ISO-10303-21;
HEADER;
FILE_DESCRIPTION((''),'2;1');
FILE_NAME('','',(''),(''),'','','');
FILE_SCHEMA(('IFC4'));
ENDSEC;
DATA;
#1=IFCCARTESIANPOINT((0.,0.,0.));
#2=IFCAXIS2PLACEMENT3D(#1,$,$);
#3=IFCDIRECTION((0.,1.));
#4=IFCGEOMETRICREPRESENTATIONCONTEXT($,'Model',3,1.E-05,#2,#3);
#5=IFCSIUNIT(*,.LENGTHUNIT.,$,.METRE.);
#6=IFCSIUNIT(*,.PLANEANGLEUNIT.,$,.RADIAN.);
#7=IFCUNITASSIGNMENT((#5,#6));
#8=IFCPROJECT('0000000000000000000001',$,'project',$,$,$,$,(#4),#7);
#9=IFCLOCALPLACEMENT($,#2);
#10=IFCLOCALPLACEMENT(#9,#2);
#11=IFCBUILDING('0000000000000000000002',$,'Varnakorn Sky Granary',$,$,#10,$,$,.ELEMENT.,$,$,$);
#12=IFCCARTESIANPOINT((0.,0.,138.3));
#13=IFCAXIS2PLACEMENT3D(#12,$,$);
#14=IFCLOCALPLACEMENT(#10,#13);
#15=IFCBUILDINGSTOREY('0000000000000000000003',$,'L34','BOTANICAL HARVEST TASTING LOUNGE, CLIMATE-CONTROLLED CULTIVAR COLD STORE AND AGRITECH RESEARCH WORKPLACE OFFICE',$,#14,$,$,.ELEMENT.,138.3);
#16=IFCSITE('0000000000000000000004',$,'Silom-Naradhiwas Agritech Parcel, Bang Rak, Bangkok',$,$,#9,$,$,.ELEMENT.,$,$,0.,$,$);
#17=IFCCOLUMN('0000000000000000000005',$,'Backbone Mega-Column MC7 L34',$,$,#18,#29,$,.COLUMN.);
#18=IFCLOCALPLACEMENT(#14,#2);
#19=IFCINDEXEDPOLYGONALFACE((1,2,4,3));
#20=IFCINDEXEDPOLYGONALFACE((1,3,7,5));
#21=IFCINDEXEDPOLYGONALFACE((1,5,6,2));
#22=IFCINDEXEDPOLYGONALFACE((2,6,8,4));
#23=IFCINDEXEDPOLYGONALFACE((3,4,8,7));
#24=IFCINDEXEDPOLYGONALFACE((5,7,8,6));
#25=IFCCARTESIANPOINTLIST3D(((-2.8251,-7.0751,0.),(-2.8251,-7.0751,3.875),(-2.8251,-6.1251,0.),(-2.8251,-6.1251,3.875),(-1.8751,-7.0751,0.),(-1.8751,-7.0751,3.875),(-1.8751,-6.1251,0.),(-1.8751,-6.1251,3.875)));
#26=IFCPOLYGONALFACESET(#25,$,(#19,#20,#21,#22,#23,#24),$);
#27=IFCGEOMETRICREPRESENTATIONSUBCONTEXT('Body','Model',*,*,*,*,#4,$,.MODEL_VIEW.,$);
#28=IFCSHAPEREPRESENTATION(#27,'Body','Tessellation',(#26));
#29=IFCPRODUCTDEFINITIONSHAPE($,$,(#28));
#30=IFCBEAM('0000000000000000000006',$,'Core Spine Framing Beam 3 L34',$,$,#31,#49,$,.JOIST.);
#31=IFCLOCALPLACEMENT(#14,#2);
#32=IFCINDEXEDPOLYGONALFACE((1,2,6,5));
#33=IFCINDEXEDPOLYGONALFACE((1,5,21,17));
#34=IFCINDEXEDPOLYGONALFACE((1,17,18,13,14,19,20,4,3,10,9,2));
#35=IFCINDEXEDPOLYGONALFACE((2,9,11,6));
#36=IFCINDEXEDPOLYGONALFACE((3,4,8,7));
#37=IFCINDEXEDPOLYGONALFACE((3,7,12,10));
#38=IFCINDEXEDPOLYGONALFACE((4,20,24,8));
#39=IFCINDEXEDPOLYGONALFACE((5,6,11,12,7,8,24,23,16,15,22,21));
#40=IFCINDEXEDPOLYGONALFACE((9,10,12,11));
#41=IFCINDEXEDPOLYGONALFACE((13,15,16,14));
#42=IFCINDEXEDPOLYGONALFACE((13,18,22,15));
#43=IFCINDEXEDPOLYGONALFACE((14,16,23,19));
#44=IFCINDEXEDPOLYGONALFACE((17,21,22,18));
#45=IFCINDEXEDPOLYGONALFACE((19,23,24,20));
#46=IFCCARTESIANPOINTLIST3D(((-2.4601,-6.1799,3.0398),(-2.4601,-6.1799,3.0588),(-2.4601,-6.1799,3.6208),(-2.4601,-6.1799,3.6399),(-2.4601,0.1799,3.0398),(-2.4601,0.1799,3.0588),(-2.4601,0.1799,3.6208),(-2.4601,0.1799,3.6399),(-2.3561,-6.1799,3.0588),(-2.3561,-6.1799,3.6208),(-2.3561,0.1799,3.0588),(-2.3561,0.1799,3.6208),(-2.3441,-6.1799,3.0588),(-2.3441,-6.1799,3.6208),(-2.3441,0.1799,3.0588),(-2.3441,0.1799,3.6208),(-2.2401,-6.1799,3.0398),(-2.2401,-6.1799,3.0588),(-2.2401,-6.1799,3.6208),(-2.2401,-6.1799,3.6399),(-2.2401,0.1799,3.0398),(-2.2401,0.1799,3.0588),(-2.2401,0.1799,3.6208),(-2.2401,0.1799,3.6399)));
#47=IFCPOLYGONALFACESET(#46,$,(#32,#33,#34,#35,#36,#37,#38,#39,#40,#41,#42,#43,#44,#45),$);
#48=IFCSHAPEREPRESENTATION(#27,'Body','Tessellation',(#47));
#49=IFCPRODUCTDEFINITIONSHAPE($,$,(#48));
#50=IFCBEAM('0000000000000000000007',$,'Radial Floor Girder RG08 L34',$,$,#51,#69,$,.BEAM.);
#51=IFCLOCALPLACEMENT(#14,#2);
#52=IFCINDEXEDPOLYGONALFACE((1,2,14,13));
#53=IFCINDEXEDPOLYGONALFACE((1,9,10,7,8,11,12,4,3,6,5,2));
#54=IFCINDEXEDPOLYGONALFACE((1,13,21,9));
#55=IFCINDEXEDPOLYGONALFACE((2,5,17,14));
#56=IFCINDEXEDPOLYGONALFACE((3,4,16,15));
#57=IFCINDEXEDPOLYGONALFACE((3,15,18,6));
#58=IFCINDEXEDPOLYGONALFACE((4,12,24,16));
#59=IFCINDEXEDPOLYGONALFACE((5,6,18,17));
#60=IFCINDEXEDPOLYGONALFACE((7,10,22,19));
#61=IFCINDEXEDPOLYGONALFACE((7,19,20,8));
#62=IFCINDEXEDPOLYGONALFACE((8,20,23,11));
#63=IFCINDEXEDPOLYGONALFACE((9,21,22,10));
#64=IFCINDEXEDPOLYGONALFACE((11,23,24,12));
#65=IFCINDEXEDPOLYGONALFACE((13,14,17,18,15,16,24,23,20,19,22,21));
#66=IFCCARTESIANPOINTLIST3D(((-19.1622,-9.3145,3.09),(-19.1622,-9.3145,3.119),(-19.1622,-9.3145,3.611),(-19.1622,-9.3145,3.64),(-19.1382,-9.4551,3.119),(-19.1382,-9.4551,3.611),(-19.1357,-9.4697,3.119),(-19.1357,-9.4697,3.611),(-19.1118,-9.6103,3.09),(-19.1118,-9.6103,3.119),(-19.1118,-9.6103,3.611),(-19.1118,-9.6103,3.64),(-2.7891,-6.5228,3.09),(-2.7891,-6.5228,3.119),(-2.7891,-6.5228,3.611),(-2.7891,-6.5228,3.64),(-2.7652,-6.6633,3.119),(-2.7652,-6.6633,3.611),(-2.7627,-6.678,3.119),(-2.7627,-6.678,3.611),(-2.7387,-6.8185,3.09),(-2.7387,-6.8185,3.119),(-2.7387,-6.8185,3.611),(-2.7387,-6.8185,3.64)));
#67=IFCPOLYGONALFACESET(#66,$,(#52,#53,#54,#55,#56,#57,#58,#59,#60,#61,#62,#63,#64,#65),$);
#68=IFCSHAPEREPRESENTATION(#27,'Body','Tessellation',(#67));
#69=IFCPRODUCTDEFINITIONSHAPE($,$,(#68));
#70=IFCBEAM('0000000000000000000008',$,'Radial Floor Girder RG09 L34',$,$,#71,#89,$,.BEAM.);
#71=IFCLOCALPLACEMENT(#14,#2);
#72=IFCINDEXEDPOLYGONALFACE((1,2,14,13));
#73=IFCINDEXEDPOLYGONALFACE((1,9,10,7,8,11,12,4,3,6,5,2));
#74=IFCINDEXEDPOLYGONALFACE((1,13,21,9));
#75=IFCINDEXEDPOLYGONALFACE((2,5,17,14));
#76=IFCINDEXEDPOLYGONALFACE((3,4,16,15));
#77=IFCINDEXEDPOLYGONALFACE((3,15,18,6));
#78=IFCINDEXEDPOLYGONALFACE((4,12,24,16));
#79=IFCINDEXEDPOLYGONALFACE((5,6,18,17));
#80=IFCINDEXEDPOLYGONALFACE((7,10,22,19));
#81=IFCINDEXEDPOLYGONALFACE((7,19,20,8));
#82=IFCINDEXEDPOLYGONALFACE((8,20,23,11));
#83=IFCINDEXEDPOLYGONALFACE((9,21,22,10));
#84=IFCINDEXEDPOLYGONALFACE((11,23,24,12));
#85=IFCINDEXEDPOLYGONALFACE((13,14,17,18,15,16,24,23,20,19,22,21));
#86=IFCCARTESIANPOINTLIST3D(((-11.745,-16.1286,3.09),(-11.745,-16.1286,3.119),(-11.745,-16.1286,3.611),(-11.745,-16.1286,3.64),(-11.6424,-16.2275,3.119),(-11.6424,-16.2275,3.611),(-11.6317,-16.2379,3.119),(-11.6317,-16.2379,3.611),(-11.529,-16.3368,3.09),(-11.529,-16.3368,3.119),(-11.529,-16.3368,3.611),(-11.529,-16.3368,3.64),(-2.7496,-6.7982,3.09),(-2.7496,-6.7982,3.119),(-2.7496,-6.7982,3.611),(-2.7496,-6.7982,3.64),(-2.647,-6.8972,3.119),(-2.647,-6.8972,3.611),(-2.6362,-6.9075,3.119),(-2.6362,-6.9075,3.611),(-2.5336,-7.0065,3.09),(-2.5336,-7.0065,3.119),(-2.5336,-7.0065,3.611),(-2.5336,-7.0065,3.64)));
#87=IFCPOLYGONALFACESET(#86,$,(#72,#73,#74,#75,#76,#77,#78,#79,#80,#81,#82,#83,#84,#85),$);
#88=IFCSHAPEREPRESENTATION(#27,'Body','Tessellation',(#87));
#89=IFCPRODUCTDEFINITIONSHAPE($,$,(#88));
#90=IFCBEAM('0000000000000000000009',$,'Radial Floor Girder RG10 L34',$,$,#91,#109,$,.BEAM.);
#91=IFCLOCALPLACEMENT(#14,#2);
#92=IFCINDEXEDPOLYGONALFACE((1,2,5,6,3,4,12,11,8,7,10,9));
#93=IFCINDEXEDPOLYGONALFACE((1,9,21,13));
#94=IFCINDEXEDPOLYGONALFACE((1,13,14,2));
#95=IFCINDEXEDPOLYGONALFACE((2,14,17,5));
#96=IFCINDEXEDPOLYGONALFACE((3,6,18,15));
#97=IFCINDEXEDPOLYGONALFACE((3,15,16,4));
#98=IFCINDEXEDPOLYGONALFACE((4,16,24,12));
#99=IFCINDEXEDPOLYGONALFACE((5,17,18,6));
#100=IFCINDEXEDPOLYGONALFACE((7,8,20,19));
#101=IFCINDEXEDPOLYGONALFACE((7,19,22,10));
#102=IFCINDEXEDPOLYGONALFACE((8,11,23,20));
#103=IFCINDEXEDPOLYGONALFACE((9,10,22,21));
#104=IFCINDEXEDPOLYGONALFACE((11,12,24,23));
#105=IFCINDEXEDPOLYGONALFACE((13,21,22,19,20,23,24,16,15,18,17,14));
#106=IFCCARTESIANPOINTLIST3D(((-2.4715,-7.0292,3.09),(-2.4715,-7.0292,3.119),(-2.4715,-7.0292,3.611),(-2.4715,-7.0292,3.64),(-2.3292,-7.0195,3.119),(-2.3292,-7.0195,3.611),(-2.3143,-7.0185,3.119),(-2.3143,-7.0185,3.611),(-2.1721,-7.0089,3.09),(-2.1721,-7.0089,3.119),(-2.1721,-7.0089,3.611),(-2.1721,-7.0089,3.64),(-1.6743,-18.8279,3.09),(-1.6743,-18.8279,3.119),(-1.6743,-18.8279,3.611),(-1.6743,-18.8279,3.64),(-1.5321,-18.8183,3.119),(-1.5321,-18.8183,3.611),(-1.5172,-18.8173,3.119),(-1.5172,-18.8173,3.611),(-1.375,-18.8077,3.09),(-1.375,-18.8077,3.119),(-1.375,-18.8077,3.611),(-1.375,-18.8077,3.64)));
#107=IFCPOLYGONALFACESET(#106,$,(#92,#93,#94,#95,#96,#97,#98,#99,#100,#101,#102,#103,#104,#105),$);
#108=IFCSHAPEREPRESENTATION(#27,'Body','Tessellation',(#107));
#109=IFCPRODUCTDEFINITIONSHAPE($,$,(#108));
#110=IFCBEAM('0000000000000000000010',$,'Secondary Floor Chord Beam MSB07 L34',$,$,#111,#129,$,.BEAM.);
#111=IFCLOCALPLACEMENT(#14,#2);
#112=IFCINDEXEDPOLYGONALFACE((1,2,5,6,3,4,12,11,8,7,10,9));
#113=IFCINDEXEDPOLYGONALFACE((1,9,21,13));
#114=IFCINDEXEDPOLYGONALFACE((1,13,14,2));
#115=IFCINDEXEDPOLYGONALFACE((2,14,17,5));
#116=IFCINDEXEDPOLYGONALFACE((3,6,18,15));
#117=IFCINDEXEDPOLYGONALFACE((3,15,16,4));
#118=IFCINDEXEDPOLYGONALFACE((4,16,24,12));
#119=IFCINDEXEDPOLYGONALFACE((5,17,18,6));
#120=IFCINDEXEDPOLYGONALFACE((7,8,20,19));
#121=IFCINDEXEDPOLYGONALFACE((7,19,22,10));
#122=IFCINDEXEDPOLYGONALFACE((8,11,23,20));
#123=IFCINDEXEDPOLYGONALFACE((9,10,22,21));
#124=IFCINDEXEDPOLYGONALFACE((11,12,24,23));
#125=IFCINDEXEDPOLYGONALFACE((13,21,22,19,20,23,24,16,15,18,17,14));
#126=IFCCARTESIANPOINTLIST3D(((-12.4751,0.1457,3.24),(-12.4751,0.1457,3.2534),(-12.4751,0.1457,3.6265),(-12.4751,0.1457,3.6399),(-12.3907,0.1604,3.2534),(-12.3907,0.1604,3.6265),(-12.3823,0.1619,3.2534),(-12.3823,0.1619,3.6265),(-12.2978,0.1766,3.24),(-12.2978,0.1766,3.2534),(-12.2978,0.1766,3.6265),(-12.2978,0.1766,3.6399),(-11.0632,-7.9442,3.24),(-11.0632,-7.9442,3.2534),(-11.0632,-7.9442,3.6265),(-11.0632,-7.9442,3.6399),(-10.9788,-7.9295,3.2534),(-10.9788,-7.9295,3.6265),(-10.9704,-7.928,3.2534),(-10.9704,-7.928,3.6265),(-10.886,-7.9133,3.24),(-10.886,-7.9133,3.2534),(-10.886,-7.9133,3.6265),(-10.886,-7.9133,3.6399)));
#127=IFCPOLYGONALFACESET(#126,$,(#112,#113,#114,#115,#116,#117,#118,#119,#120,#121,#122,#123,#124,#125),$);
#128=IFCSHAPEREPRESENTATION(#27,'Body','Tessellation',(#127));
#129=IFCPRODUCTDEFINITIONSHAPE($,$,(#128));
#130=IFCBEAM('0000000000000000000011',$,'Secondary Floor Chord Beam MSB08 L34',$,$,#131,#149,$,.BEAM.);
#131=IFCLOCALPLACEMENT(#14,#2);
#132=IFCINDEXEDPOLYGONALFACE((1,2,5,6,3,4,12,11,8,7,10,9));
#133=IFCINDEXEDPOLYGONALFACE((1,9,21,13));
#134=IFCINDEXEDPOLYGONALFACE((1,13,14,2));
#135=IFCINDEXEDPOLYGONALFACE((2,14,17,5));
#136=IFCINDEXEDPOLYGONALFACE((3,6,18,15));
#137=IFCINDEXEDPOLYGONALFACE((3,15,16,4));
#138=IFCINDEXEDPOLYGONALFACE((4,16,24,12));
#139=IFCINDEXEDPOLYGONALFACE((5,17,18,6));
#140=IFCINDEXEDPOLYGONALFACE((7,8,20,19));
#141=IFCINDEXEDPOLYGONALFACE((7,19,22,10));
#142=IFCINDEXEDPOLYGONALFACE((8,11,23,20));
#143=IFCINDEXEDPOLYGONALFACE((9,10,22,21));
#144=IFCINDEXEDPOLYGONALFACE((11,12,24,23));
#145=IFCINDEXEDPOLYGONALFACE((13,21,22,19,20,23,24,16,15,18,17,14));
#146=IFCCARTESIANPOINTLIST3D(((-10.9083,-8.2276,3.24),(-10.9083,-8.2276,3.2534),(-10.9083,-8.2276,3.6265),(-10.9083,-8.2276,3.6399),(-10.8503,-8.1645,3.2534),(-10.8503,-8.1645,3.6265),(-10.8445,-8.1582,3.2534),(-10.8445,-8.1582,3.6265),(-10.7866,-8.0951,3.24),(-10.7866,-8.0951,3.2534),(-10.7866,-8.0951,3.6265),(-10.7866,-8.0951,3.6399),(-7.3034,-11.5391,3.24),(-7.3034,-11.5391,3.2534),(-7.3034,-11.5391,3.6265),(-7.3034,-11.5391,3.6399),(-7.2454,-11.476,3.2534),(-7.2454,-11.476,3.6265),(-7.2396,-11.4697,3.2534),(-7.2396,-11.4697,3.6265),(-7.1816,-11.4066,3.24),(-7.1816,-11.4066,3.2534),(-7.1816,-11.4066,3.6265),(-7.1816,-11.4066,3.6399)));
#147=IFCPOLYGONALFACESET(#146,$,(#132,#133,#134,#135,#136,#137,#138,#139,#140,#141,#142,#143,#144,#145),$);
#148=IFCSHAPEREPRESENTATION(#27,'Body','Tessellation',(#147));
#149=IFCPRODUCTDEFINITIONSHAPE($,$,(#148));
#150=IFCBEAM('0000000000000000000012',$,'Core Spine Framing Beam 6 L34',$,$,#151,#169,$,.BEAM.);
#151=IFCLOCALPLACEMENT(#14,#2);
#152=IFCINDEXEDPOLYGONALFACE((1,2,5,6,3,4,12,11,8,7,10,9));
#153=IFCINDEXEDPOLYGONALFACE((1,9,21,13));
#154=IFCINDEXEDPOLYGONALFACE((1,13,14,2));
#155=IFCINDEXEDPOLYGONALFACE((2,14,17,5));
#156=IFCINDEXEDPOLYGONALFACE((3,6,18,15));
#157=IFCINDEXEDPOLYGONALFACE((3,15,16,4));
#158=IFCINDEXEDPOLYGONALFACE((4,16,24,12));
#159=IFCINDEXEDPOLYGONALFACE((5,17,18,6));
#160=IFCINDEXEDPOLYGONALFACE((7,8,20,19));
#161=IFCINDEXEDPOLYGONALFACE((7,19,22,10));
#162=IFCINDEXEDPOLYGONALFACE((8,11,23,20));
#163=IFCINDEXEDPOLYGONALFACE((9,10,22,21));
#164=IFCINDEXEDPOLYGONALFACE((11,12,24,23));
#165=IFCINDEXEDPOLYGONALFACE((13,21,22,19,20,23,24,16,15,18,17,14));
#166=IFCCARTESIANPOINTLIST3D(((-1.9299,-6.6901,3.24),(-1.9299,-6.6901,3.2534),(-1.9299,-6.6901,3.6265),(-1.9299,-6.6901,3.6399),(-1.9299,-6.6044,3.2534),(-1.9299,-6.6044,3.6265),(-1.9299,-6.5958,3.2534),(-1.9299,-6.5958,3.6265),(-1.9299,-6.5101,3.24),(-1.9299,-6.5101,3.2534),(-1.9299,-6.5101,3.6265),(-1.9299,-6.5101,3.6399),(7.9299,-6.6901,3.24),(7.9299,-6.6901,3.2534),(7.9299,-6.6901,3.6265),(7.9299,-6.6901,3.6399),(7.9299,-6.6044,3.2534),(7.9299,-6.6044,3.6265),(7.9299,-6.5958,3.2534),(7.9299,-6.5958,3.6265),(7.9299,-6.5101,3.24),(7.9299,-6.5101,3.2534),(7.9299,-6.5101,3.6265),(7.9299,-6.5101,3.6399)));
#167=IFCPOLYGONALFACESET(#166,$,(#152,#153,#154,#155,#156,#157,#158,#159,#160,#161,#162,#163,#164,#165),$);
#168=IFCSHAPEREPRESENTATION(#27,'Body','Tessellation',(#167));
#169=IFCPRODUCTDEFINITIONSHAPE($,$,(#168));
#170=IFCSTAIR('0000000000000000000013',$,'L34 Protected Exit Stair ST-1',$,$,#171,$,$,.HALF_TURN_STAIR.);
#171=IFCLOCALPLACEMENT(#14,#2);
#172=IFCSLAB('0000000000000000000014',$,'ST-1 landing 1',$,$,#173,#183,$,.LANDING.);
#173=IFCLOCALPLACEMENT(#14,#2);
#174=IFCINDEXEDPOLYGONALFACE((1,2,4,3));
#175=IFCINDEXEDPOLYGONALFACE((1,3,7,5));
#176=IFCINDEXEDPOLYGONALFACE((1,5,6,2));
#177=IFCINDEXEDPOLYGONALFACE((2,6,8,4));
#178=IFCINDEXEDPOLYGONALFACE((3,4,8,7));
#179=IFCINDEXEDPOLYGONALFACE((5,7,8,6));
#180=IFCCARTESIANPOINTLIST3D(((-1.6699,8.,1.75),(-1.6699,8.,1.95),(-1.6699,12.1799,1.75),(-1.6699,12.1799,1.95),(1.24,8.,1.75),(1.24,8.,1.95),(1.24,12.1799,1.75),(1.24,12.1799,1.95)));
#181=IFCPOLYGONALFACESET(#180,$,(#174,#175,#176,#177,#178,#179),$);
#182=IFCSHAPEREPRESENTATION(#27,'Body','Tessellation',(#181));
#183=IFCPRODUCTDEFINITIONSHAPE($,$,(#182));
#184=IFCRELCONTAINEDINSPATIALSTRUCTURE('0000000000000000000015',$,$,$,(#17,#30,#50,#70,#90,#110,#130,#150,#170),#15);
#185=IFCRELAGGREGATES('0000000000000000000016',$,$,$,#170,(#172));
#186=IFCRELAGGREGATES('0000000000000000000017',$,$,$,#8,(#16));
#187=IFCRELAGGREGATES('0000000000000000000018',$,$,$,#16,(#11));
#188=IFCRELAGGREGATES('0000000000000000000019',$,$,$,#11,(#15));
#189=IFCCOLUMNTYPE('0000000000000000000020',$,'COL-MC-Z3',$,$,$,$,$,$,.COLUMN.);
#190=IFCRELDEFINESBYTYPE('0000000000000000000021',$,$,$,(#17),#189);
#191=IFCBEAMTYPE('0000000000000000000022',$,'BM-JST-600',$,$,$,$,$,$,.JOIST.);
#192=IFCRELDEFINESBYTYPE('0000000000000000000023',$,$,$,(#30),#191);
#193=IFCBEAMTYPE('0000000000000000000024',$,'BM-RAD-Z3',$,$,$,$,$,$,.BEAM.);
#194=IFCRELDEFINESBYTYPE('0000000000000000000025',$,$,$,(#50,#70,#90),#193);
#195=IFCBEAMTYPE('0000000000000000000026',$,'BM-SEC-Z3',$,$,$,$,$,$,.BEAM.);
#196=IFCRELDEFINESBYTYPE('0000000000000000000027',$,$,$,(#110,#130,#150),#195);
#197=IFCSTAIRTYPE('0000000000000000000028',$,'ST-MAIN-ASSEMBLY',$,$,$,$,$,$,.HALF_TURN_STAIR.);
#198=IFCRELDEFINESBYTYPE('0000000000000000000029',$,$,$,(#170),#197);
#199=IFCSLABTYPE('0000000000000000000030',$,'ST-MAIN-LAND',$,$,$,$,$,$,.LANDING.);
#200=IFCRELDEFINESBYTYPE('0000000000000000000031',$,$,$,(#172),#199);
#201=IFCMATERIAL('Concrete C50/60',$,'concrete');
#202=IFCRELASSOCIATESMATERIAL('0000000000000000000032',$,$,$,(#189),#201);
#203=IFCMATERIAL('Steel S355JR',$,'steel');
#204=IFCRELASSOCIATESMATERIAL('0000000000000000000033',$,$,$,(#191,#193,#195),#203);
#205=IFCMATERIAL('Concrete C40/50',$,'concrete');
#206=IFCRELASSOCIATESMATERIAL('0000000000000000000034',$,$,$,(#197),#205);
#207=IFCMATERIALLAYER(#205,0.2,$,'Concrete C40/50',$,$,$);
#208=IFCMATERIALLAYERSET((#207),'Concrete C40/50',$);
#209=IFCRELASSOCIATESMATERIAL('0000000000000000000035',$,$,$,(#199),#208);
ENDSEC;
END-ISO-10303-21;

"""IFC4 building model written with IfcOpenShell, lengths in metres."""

from ifc_helpers import new_model, si_unit, direction, frame, origin, origin_2d, place, context, subcontext, project, spatial, polyline, rectangle, i_section, outline, extrude, material, layer, layer_set, material_profile, profile_set, type_object, element, aggregate, save


model = new_model("IFC4")

# Units and contexts
model_context = context("Model", 3, precision=1e-05, world=origin(), true_north=direction((0.0, 1.0)))
body_context = subcontext(model_context, "Body", "Model", "MODEL_VIEW")
ifc_project = project(units=[si_unit("LENGTHUNIT", "METRE"), si_unit("PLANEANGLEUNIT", "RADIAN")], contexts=[model_context])

# Site, building, storey
site_placement = place(None, origin())
site = spatial("IfcSite", under=ifc_project, at=site_placement, Name="Silom-Naradhiwas Agritech Parcel, Bang Rak, Bangkok", CompositionType="ELEMENT", RefElevation=0.0)
building_placement = place(site_placement, origin())
building = spatial("IfcBuilding", under=site, at=building_placement, Name="Varnakorn Sky Granary", CompositionType="ELEMENT")
storey_placement = place(building_placement, frame((0.0, 0.0, 138.3)))
storey = spatial("IfcBuildingStorey", under=building, at=storey_placement, Name="L34", Description="BOTANICAL HARVEST TASTING LOUNGE, CLIMATE-CONTROLLED CULTIVAR COLD STORE AND AGRITECH RESEARCH WORKPLACE OFFICE", CompositionType="ELEMENT", Elevation=138.3)

# Column
ifc_material_1 = material(Name="Concrete C50/60", Category="concrete")
ifc_material_profile_1 = material_profile(ifc_material_1, rectangle(XDim=0.95, YDim=0.95, at=origin_2d()), Name="RC 950x950")
ifc_profile_set_1 = profile_set([ifc_material_profile_1], Name="Concrete C50/60")
column_type = type_object("IfcColumnType", Name="COL-MC-Z3", PredefinedType="COLUMN", material=ifc_profile_set_1)
column_placement = place(storey_placement, frame((-2.3501, -6.6001, 0.0), z_axis=(0.0, 0.0, 1.0), x_axis=(1.0, 0.0, 0.0)))
element("IfcColumn", 1, at=column_placement, inside=storey, type_object=column_type, Name="Backbone Mega-Column MC7 L34", PredefinedType="COLUMN", context=body_context, shape_type="SweptSolid", body=[
    extrude(rectangle(XDim=0.95, YDim=0.95, at=origin_2d()), origin(), (0.0, 0.0, 1.0), 3.875),
])

# Beams
ifc_material_2 = material(Name="Steel S355JR", Category="steel")
ifc_material_profile_2 = material_profile(ifc_material_2, i_section(OverallWidth=0.22, OverallDepth=0.6001, WebThickness=0.012, FlangeThickness=0.019, at=origin_2d()), Name="IPE 600")
ifc_profile_set_2 = profile_set([ifc_material_profile_2], Name="Steel S355JR")
beam_type_1 = type_object("IfcBeamType", Name="BM-JST-600", PredefinedType="JOIST", material=ifc_profile_set_2)
beam_1_placement = place(storey_placement, frame((-2.3501, 0.1799, 3.3398), z_axis=(0.0, -1.0, 0.0), x_axis=(1.0, 0.0, 0.0)))
element("IfcBeam", 2, at=beam_1_placement, inside=storey, type_object=beam_type_1, Name="Core Spine Framing Beam 3 L34", PredefinedType="JOIST", context=body_context, shape_type="SweptSolid", body=[
    extrude(i_section(OverallWidth=0.22, OverallDepth=0.6001, WebThickness=0.012, FlangeThickness=0.019, at=origin_2d()), origin(), (0.0, 0.0, 1.0), 6.3599),
])
ifc_material_profile_3 = material_profile(ifc_material_2, i_section(OverallWidth=0.3, OverallDepth=0.55, WebThickness=0.0149, FlangeThickness=0.0291, at=origin_2d()), Name="HE 550 B")
ifc_profile_set_3 = profile_set([ifc_material_profile_3], Name="Steel S355JR")
beam_type_2 = type_object("IfcBeamType", Name="BM-RAD-Z3", PredefinedType="BEAM", material=ifc_profile_set_3)
beam_2_placement = place(storey_placement, frame((-2.7639, -6.6707, 3.365), z_axis=(-0.985773, -0.168083, 0.0), x_axis=(0.168083, -0.985773, 0.0)))
element("IfcBeam", 3, at=beam_2_placement, inside=storey, type_object=beam_type_2, Name="Radial Floor Girder RG08 L34", PredefinedType="BEAM", context=body_context, shape_type="SweptSolid", body=[
    extrude(i_section(OverallWidth=0.3, OverallDepth=0.55, WebThickness=0.0149, FlangeThickness=0.0291, at=origin_2d()), origin(), (0.0, 0.0, 1.0), 16.6094),
])
beam_3_placement = place(storey_placement, frame((-2.6416, -6.9023, 3.365), z_axis=(-0.694066, -0.719911, 0.0), x_axis=(0.719911, -0.694066, 0.0)))
element("IfcBeam", 4, at=beam_3_placement, inside=storey, type_object=beam_type_2, Name="Radial Floor Girder RG09 L34", PredefinedType="BEAM", context=body_context, shape_type="SweptSolid", body=[
    extrude(i_section(OverallWidth=0.3, OverallDepth=0.55, WebThickness=0.0149, FlangeThickness=0.0291, at=origin_2d()), origin(), (0.0, 0.0, 1.0), 12.9604),
])
beam_4_placement = place(storey_placement, frame((-2.3218, -7.019, 3.365), z_axis=(0.067406, -0.997726, 0.0), x_axis=(0.997726, 0.067406, 0.0)))
element("IfcBeam", 5, at=beam_4_placement, inside=storey, type_object=beam_type_2, Name="Radial Floor Girder RG10 L34", PredefinedType="BEAM", context=body_context, shape_type="SweptSolid", body=[
    extrude(i_section(OverallWidth=0.3, OverallDepth=0.55, WebThickness=0.0149, FlangeThickness=0.0291, at=origin_2d()), origin(), (0.0, 0.0, 1.0), 11.8257),
])
ifc_material_profile_4 = material_profile(ifc_material_2, i_section(OverallWidth=0.1799, OverallDepth=0.3999, WebThickness=0.0085, FlangeThickness=0.0134, at=origin_2d()), Name="IPE 400")
ifc_profile_set_4 = profile_set([ifc_material_profile_4], Name="Steel S355JR")
beam_type_3 = type_object("IfcBeamType", Name="BM-SEC-Z3", PredefinedType="BEAM", material=ifc_profile_set_4)
beam_5_placement = place(storey_placement, frame((-12.3865, 0.1611, 3.4399), z_axis=(0.171925, -0.98511, 0.0), x_axis=(0.98511, 0.171925, 0.0)))
element("IfcBeam", 6, at=beam_5_placement, inside=storey, type_object=beam_type_3, Name="Secondary Floor Chord Beam MSB07 L34", PredefinedType="BEAM", context=body_context, shape_type="SweptSolid", body=[
    extrude(i_section(OverallWidth=0.1799, OverallDepth=0.3999, WebThickness=0.0085, FlangeThickness=0.0134, at=origin_2d()), origin(), (0.0, 0.0, 1.0), 8.2122),
])
beam_6_placement = place(storey_placement, frame((-10.8474, -8.1614, 3.4399), z_axis=(0.736446, -0.676497, 0.0), x_axis=(0.676497, 0.736446, 0.0)))
element("IfcBeam", 7, at=beam_6_placement, inside=storey, type_object=beam_type_3, Name="Secondary Floor Chord Beam MSB08 L34", PredefinedType="BEAM", context=body_context, shape_type="SweptSolid", body=[
    extrude(i_section(OverallWidth=0.1799, OverallDepth=0.3999, WebThickness=0.0085, FlangeThickness=0.0134, at=origin_2d()), origin(), (0.0, 0.0, 1.0), 4.895),
])
beam_7_placement = place(storey_placement, frame((-1.9299, -6.6001, 3.4399), z_axis=(1.0, 0.0, 0.0), x_axis=(0.0, 1.0, 0.0)))
element("IfcBeam", 8, at=beam_7_placement, inside=storey, type_object=beam_type_3, Name="Core Spine Framing Beam 6 L34", PredefinedType="BEAM", context=body_context, shape_type="SweptSolid", body=[
    extrude(i_section(OverallWidth=0.1799, OverallDepth=0.3999, WebThickness=0.0085, FlangeThickness=0.0134, at=origin_2d()), origin(), (0.0, 0.0, 1.0), 9.8599),
])

# Stair, slab
ifc_material_3 = material(Name="Concrete C40/50", Category="concrete")
stair_type = type_object("IfcStairType", Name="ST-MAIN-ASSEMBLY", PredefinedType="HALF_TURN_STAIR", material=ifc_material_3)
stair_1_placement = place(storey_placement, origin())
stair_1 = element("IfcStair", 9, at=stair_1_placement, inside=storey, type_object=stair_type, Name="L34 Protected Exit Stair ST-1", PredefinedType="HALF_TURN_STAIR")
ifc_layer_1 = layer(ifc_material_3, 0.2, Name="Concrete C40/50")
ifc_layer_set_1 = layer_set([ifc_layer_1], Name="Concrete C40/50")
slab_type_1 = type_object("IfcSlabType", Name="ST-MAIN-LAND", PredefinedType="LANDING", material=ifc_layer_set_1)
slab_1_placement = place(storey_placement, frame((0.0, 0.0, 1.75)))
slab_1 = element("IfcSlab", 10, at=slab_1_placement, type_object=slab_type_1, Name="ST-1 landing 1", PredefinedType="LANDING", context=body_context, shape_type="SweptSolid", body=[
    extrude(outline(polyline([(1.24, 8.0), (1.24, 12.1799), (-1.6699, 12.1799), (-1.6699, 8.0), (1.24, 8.0)])), origin(), (0.0, 0.0, 1.0), 0.2),
])
aggregate(stair_1, [slab_1])

save(model, "model.ifc")
